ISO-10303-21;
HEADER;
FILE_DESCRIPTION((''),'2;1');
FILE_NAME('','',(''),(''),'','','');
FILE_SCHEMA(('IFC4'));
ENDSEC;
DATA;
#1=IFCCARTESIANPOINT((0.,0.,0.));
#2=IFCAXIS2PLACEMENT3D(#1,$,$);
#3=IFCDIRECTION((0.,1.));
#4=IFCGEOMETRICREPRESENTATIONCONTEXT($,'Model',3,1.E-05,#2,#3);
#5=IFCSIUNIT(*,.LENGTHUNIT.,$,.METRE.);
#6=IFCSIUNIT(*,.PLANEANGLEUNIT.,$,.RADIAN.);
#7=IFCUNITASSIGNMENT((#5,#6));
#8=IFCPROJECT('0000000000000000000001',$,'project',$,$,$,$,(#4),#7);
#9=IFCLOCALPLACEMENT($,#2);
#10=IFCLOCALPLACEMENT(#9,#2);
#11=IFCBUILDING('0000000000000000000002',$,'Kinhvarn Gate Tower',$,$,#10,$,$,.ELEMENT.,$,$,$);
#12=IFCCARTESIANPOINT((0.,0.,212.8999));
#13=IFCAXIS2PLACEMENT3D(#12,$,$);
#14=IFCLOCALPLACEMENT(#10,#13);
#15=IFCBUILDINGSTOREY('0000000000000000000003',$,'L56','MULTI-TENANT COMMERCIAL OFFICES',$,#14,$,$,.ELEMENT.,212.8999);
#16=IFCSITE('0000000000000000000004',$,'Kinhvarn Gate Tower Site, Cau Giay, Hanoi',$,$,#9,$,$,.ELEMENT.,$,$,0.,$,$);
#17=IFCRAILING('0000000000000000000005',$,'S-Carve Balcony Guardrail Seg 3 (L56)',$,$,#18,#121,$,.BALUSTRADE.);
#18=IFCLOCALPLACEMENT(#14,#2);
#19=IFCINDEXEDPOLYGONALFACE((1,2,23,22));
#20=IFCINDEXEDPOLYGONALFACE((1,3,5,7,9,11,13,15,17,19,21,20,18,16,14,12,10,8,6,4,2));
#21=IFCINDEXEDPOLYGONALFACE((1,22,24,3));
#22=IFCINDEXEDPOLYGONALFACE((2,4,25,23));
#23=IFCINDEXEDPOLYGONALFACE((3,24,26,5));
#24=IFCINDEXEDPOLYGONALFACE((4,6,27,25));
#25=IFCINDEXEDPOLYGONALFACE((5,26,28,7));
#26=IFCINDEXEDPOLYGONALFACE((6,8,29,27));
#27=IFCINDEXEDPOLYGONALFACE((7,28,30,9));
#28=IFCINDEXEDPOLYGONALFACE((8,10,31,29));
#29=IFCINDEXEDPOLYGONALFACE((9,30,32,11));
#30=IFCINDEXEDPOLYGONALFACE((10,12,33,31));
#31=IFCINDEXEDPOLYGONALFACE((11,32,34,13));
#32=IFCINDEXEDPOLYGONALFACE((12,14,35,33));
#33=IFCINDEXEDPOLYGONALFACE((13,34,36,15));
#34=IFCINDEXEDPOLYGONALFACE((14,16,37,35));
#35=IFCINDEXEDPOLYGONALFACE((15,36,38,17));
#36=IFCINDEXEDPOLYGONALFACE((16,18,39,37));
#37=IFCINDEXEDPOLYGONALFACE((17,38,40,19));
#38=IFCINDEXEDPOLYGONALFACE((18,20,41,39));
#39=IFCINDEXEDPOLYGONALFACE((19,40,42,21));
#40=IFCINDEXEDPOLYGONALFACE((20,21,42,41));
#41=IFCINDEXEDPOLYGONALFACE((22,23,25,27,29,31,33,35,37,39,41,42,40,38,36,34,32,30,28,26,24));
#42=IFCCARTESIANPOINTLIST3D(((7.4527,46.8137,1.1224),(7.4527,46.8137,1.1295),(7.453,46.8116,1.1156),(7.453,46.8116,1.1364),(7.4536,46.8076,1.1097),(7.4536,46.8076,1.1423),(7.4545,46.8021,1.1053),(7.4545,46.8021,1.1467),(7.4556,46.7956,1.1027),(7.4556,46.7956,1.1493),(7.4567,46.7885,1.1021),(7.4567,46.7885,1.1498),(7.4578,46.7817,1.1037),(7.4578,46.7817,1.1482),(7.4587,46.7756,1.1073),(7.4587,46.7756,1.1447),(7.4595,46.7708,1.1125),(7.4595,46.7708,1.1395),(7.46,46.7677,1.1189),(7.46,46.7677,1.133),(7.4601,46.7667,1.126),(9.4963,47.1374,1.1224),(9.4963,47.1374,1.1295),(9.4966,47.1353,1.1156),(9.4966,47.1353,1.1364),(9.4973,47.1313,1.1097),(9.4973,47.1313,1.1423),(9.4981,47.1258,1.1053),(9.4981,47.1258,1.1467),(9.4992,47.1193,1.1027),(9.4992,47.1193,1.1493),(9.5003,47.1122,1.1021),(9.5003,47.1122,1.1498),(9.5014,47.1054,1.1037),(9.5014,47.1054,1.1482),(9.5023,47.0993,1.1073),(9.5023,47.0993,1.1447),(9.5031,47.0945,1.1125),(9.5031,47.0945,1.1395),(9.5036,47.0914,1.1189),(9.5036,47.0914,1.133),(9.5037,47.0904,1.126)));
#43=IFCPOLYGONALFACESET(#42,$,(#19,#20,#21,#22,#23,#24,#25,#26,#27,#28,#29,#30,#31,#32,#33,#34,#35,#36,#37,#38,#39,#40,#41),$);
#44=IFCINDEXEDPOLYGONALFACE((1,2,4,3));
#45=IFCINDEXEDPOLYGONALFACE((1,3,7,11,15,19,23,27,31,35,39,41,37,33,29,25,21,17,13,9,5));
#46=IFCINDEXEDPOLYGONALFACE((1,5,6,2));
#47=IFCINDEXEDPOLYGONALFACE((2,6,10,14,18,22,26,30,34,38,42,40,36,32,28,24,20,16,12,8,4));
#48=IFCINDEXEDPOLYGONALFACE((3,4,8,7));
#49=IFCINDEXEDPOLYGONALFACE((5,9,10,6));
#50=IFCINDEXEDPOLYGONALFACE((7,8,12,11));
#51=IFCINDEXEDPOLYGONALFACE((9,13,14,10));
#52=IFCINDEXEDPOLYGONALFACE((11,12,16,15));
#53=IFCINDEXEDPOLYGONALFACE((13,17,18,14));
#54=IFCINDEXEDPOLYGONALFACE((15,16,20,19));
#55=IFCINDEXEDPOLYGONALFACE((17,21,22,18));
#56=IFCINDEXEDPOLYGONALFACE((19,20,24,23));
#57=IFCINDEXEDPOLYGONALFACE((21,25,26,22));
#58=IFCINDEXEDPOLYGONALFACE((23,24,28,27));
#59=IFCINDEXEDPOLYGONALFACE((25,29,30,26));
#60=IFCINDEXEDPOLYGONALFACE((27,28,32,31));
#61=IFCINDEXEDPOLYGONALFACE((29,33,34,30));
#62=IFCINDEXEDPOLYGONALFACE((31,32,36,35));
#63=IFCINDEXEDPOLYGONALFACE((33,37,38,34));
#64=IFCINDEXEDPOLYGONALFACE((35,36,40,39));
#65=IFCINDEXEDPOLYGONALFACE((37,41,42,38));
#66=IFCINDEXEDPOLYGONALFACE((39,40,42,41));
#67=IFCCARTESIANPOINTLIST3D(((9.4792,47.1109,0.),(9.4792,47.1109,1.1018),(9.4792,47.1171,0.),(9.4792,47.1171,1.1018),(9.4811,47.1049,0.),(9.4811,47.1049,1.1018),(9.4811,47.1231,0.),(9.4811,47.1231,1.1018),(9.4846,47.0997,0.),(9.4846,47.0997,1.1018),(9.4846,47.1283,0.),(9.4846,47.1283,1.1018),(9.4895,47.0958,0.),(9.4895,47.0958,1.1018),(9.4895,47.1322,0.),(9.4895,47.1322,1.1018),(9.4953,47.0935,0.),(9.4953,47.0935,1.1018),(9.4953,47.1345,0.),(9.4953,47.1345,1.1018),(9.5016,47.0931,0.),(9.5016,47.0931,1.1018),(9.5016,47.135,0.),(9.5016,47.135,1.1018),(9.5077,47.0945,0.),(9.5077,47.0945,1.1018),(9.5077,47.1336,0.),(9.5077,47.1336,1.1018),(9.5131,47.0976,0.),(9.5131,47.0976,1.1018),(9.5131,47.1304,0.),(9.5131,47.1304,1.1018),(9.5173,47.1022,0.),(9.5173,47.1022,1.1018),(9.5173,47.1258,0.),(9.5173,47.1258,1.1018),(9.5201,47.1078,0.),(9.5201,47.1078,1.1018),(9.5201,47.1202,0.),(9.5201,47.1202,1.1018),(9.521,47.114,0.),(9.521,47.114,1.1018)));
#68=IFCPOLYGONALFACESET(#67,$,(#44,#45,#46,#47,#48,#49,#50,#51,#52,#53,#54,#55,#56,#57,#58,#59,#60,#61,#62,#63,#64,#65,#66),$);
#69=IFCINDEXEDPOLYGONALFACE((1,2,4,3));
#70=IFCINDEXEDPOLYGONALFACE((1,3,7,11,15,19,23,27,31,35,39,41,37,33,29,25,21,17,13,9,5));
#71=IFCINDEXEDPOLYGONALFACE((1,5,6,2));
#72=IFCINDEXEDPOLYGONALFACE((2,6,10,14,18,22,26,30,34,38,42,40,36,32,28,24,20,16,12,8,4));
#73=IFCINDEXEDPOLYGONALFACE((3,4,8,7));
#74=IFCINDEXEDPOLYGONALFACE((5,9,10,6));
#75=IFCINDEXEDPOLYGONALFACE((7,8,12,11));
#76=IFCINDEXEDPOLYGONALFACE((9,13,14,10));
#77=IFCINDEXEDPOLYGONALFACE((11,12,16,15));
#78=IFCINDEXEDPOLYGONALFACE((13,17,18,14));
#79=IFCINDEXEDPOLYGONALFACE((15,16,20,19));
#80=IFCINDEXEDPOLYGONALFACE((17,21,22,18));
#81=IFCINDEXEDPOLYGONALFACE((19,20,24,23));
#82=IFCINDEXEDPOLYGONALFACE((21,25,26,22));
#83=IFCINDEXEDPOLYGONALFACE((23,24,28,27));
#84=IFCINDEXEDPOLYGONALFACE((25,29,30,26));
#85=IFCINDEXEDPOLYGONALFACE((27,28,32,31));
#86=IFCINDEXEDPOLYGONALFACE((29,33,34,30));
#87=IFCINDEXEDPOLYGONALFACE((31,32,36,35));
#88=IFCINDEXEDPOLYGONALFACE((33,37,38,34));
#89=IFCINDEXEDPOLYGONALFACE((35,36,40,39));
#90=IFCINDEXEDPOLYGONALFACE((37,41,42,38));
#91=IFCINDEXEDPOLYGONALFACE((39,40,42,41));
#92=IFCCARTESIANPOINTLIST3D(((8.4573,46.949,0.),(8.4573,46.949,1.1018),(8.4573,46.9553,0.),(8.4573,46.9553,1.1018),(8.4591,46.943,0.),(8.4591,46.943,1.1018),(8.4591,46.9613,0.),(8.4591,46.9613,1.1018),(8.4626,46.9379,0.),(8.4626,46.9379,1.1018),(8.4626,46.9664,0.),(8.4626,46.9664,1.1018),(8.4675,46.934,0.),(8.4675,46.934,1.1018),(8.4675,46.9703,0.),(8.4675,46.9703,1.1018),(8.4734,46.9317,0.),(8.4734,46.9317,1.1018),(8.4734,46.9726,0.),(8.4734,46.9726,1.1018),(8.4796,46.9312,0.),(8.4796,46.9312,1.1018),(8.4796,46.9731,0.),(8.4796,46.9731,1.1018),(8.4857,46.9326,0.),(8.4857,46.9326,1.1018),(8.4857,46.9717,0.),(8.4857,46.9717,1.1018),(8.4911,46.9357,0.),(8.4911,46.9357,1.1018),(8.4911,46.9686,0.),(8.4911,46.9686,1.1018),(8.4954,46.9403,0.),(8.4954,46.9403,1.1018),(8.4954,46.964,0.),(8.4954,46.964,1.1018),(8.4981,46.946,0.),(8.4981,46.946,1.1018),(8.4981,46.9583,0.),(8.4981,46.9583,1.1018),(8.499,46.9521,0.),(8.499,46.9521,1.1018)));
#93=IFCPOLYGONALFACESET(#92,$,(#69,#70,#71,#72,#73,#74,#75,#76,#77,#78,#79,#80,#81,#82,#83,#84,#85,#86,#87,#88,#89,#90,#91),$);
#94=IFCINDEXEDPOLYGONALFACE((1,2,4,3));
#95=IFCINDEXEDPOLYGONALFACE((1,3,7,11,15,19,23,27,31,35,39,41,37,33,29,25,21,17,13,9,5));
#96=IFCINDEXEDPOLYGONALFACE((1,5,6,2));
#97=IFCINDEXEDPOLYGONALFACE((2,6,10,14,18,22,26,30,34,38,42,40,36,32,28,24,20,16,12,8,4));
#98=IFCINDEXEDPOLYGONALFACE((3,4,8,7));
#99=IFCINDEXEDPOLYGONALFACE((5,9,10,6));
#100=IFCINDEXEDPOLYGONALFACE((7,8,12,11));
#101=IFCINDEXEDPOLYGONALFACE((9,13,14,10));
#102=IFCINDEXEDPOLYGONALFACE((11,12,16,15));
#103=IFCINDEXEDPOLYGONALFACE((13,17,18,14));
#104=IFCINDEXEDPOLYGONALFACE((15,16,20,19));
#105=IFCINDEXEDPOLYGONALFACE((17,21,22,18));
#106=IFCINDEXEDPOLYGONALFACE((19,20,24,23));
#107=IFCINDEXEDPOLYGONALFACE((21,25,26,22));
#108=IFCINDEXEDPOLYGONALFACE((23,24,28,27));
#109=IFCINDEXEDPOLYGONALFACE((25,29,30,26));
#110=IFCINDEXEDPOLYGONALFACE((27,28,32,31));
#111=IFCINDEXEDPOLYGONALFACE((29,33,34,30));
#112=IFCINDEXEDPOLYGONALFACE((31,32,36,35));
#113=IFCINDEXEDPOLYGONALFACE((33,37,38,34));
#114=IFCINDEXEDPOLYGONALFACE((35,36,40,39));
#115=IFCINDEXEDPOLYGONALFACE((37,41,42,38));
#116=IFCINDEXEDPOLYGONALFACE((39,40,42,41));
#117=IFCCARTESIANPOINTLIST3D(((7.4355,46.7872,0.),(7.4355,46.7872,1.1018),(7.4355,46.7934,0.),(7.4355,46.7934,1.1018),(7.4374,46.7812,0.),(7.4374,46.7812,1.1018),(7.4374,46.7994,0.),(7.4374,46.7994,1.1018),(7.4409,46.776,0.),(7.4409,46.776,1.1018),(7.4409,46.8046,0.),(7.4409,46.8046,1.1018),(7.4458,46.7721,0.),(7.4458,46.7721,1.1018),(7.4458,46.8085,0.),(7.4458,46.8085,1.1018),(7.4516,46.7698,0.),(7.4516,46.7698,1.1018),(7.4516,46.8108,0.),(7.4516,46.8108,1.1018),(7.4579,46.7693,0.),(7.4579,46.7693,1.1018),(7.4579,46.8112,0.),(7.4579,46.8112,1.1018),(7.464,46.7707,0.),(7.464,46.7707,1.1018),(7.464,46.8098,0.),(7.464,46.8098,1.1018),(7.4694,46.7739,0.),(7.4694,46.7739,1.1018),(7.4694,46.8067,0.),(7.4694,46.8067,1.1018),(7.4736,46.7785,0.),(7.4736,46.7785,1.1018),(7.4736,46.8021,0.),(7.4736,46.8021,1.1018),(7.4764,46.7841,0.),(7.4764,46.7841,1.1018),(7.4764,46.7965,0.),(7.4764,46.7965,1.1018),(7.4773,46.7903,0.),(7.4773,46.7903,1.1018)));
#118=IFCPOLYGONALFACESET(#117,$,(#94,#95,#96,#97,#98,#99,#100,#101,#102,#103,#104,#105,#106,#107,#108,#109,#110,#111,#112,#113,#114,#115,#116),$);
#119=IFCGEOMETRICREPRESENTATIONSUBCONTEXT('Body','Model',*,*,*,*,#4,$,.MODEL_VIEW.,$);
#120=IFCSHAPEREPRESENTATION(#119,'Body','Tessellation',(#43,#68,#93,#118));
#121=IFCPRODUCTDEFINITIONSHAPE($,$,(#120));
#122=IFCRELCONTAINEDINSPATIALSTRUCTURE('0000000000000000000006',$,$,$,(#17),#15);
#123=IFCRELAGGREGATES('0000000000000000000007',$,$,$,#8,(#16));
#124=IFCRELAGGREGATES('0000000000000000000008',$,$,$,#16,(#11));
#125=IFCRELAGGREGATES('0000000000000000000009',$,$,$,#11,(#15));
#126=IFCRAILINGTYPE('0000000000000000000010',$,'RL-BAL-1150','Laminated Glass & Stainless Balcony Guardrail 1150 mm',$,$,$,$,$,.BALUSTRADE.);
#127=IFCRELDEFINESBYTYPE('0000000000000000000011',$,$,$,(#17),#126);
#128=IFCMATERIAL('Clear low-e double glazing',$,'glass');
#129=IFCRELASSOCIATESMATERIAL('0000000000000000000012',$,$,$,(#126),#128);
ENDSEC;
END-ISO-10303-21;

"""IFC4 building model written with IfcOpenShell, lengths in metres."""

from ifc_helpers import new_model, si_unit, direction, frame, origin, origin_2d, place, context, subcontext, project, spatial, circle, extrude, material, type_object, element, save


model = new_model("IFC4")

# Units and contexts
model_context = context("Model", 3, precision=1e-05, world=origin(), true_north=direction((0.0, 1.0)))
body_context = subcontext(model_context, "Body", "Model", "MODEL_VIEW")
ifc_project = project(units=[si_unit("LENGTHUNIT", "METRE"), si_unit("PLANEANGLEUNIT", "RADIAN")], contexts=[model_context])

# Site, building, storey
site_placement = place(None, origin())
site = spatial("IfcSite", under=ifc_project, at=site_placement, Name="Kinhvarn Gate Tower Site, Cau Giay, Hanoi", CompositionType="ELEMENT", RefElevation=0.0)
building_placement = place(site_placement, origin())
building = spatial("IfcBuilding", under=site, at=building_placement, Name="Kinhvarn Gate Tower", CompositionType="ELEMENT")
storey_placement = place(building_placement, frame((0.0, 0.0, 212.8999)))
storey = spatial("IfcBuildingStorey", under=building, at=storey_placement, Name="L56", Description="MULTI-TENANT COMMERCIAL OFFICES", CompositionType="ELEMENT", Elevation=212.8999)

# Shared definitions
ifc_material_1 = material(Name="Clear low-e double glazing", Category="glass")

# Railing
railing_type = type_object("IfcRailingType", Name="RL-BAL-1150", Description="Laminated Glass & Stainless Balcony Guardrail 1150 mm", PredefinedType="BALUSTRADE", material=ifc_material_1)
railing_1_placement = place(storey_placement, frame((9.5, 47.114, 0.0)))
element("IfcRailing", 1, at=railing_1_placement, inside=storey, type_object=railing_type, Name="S-Carve Balcony Guardrail Seg 3 (L56)", PredefinedType="BALUSTRADE", context=body_context, shape_type="SweptSolid", body=[
    extrude(circle(Radius=0.0239, at=origin_2d()), frame((0.0, 0.0, 1.126), z_axis=(-0.987685, -0.156453, 0.0), x_axis=(0.156453, -0.987685, 0.0)), (0.0, 0.0, 1.0), 2.0691),
    extrude(circle(Radius=0.021, at=origin_2d()), origin(), (0.0, 0.0, 1.0), 1.1018),
    extrude(circle(Radius=0.021, at=origin_2d()), frame((-1.022, -0.1619, 0.0)), (0.0, 0.0, 1.0), 1.1018),
    extrude(circle(Radius=0.021, at=origin_2d()), frame((-2.0437, -0.3237, 0.0)), (0.0, 0.0, 1.0), 1.1018),
])

save(model, "model.ifc")
